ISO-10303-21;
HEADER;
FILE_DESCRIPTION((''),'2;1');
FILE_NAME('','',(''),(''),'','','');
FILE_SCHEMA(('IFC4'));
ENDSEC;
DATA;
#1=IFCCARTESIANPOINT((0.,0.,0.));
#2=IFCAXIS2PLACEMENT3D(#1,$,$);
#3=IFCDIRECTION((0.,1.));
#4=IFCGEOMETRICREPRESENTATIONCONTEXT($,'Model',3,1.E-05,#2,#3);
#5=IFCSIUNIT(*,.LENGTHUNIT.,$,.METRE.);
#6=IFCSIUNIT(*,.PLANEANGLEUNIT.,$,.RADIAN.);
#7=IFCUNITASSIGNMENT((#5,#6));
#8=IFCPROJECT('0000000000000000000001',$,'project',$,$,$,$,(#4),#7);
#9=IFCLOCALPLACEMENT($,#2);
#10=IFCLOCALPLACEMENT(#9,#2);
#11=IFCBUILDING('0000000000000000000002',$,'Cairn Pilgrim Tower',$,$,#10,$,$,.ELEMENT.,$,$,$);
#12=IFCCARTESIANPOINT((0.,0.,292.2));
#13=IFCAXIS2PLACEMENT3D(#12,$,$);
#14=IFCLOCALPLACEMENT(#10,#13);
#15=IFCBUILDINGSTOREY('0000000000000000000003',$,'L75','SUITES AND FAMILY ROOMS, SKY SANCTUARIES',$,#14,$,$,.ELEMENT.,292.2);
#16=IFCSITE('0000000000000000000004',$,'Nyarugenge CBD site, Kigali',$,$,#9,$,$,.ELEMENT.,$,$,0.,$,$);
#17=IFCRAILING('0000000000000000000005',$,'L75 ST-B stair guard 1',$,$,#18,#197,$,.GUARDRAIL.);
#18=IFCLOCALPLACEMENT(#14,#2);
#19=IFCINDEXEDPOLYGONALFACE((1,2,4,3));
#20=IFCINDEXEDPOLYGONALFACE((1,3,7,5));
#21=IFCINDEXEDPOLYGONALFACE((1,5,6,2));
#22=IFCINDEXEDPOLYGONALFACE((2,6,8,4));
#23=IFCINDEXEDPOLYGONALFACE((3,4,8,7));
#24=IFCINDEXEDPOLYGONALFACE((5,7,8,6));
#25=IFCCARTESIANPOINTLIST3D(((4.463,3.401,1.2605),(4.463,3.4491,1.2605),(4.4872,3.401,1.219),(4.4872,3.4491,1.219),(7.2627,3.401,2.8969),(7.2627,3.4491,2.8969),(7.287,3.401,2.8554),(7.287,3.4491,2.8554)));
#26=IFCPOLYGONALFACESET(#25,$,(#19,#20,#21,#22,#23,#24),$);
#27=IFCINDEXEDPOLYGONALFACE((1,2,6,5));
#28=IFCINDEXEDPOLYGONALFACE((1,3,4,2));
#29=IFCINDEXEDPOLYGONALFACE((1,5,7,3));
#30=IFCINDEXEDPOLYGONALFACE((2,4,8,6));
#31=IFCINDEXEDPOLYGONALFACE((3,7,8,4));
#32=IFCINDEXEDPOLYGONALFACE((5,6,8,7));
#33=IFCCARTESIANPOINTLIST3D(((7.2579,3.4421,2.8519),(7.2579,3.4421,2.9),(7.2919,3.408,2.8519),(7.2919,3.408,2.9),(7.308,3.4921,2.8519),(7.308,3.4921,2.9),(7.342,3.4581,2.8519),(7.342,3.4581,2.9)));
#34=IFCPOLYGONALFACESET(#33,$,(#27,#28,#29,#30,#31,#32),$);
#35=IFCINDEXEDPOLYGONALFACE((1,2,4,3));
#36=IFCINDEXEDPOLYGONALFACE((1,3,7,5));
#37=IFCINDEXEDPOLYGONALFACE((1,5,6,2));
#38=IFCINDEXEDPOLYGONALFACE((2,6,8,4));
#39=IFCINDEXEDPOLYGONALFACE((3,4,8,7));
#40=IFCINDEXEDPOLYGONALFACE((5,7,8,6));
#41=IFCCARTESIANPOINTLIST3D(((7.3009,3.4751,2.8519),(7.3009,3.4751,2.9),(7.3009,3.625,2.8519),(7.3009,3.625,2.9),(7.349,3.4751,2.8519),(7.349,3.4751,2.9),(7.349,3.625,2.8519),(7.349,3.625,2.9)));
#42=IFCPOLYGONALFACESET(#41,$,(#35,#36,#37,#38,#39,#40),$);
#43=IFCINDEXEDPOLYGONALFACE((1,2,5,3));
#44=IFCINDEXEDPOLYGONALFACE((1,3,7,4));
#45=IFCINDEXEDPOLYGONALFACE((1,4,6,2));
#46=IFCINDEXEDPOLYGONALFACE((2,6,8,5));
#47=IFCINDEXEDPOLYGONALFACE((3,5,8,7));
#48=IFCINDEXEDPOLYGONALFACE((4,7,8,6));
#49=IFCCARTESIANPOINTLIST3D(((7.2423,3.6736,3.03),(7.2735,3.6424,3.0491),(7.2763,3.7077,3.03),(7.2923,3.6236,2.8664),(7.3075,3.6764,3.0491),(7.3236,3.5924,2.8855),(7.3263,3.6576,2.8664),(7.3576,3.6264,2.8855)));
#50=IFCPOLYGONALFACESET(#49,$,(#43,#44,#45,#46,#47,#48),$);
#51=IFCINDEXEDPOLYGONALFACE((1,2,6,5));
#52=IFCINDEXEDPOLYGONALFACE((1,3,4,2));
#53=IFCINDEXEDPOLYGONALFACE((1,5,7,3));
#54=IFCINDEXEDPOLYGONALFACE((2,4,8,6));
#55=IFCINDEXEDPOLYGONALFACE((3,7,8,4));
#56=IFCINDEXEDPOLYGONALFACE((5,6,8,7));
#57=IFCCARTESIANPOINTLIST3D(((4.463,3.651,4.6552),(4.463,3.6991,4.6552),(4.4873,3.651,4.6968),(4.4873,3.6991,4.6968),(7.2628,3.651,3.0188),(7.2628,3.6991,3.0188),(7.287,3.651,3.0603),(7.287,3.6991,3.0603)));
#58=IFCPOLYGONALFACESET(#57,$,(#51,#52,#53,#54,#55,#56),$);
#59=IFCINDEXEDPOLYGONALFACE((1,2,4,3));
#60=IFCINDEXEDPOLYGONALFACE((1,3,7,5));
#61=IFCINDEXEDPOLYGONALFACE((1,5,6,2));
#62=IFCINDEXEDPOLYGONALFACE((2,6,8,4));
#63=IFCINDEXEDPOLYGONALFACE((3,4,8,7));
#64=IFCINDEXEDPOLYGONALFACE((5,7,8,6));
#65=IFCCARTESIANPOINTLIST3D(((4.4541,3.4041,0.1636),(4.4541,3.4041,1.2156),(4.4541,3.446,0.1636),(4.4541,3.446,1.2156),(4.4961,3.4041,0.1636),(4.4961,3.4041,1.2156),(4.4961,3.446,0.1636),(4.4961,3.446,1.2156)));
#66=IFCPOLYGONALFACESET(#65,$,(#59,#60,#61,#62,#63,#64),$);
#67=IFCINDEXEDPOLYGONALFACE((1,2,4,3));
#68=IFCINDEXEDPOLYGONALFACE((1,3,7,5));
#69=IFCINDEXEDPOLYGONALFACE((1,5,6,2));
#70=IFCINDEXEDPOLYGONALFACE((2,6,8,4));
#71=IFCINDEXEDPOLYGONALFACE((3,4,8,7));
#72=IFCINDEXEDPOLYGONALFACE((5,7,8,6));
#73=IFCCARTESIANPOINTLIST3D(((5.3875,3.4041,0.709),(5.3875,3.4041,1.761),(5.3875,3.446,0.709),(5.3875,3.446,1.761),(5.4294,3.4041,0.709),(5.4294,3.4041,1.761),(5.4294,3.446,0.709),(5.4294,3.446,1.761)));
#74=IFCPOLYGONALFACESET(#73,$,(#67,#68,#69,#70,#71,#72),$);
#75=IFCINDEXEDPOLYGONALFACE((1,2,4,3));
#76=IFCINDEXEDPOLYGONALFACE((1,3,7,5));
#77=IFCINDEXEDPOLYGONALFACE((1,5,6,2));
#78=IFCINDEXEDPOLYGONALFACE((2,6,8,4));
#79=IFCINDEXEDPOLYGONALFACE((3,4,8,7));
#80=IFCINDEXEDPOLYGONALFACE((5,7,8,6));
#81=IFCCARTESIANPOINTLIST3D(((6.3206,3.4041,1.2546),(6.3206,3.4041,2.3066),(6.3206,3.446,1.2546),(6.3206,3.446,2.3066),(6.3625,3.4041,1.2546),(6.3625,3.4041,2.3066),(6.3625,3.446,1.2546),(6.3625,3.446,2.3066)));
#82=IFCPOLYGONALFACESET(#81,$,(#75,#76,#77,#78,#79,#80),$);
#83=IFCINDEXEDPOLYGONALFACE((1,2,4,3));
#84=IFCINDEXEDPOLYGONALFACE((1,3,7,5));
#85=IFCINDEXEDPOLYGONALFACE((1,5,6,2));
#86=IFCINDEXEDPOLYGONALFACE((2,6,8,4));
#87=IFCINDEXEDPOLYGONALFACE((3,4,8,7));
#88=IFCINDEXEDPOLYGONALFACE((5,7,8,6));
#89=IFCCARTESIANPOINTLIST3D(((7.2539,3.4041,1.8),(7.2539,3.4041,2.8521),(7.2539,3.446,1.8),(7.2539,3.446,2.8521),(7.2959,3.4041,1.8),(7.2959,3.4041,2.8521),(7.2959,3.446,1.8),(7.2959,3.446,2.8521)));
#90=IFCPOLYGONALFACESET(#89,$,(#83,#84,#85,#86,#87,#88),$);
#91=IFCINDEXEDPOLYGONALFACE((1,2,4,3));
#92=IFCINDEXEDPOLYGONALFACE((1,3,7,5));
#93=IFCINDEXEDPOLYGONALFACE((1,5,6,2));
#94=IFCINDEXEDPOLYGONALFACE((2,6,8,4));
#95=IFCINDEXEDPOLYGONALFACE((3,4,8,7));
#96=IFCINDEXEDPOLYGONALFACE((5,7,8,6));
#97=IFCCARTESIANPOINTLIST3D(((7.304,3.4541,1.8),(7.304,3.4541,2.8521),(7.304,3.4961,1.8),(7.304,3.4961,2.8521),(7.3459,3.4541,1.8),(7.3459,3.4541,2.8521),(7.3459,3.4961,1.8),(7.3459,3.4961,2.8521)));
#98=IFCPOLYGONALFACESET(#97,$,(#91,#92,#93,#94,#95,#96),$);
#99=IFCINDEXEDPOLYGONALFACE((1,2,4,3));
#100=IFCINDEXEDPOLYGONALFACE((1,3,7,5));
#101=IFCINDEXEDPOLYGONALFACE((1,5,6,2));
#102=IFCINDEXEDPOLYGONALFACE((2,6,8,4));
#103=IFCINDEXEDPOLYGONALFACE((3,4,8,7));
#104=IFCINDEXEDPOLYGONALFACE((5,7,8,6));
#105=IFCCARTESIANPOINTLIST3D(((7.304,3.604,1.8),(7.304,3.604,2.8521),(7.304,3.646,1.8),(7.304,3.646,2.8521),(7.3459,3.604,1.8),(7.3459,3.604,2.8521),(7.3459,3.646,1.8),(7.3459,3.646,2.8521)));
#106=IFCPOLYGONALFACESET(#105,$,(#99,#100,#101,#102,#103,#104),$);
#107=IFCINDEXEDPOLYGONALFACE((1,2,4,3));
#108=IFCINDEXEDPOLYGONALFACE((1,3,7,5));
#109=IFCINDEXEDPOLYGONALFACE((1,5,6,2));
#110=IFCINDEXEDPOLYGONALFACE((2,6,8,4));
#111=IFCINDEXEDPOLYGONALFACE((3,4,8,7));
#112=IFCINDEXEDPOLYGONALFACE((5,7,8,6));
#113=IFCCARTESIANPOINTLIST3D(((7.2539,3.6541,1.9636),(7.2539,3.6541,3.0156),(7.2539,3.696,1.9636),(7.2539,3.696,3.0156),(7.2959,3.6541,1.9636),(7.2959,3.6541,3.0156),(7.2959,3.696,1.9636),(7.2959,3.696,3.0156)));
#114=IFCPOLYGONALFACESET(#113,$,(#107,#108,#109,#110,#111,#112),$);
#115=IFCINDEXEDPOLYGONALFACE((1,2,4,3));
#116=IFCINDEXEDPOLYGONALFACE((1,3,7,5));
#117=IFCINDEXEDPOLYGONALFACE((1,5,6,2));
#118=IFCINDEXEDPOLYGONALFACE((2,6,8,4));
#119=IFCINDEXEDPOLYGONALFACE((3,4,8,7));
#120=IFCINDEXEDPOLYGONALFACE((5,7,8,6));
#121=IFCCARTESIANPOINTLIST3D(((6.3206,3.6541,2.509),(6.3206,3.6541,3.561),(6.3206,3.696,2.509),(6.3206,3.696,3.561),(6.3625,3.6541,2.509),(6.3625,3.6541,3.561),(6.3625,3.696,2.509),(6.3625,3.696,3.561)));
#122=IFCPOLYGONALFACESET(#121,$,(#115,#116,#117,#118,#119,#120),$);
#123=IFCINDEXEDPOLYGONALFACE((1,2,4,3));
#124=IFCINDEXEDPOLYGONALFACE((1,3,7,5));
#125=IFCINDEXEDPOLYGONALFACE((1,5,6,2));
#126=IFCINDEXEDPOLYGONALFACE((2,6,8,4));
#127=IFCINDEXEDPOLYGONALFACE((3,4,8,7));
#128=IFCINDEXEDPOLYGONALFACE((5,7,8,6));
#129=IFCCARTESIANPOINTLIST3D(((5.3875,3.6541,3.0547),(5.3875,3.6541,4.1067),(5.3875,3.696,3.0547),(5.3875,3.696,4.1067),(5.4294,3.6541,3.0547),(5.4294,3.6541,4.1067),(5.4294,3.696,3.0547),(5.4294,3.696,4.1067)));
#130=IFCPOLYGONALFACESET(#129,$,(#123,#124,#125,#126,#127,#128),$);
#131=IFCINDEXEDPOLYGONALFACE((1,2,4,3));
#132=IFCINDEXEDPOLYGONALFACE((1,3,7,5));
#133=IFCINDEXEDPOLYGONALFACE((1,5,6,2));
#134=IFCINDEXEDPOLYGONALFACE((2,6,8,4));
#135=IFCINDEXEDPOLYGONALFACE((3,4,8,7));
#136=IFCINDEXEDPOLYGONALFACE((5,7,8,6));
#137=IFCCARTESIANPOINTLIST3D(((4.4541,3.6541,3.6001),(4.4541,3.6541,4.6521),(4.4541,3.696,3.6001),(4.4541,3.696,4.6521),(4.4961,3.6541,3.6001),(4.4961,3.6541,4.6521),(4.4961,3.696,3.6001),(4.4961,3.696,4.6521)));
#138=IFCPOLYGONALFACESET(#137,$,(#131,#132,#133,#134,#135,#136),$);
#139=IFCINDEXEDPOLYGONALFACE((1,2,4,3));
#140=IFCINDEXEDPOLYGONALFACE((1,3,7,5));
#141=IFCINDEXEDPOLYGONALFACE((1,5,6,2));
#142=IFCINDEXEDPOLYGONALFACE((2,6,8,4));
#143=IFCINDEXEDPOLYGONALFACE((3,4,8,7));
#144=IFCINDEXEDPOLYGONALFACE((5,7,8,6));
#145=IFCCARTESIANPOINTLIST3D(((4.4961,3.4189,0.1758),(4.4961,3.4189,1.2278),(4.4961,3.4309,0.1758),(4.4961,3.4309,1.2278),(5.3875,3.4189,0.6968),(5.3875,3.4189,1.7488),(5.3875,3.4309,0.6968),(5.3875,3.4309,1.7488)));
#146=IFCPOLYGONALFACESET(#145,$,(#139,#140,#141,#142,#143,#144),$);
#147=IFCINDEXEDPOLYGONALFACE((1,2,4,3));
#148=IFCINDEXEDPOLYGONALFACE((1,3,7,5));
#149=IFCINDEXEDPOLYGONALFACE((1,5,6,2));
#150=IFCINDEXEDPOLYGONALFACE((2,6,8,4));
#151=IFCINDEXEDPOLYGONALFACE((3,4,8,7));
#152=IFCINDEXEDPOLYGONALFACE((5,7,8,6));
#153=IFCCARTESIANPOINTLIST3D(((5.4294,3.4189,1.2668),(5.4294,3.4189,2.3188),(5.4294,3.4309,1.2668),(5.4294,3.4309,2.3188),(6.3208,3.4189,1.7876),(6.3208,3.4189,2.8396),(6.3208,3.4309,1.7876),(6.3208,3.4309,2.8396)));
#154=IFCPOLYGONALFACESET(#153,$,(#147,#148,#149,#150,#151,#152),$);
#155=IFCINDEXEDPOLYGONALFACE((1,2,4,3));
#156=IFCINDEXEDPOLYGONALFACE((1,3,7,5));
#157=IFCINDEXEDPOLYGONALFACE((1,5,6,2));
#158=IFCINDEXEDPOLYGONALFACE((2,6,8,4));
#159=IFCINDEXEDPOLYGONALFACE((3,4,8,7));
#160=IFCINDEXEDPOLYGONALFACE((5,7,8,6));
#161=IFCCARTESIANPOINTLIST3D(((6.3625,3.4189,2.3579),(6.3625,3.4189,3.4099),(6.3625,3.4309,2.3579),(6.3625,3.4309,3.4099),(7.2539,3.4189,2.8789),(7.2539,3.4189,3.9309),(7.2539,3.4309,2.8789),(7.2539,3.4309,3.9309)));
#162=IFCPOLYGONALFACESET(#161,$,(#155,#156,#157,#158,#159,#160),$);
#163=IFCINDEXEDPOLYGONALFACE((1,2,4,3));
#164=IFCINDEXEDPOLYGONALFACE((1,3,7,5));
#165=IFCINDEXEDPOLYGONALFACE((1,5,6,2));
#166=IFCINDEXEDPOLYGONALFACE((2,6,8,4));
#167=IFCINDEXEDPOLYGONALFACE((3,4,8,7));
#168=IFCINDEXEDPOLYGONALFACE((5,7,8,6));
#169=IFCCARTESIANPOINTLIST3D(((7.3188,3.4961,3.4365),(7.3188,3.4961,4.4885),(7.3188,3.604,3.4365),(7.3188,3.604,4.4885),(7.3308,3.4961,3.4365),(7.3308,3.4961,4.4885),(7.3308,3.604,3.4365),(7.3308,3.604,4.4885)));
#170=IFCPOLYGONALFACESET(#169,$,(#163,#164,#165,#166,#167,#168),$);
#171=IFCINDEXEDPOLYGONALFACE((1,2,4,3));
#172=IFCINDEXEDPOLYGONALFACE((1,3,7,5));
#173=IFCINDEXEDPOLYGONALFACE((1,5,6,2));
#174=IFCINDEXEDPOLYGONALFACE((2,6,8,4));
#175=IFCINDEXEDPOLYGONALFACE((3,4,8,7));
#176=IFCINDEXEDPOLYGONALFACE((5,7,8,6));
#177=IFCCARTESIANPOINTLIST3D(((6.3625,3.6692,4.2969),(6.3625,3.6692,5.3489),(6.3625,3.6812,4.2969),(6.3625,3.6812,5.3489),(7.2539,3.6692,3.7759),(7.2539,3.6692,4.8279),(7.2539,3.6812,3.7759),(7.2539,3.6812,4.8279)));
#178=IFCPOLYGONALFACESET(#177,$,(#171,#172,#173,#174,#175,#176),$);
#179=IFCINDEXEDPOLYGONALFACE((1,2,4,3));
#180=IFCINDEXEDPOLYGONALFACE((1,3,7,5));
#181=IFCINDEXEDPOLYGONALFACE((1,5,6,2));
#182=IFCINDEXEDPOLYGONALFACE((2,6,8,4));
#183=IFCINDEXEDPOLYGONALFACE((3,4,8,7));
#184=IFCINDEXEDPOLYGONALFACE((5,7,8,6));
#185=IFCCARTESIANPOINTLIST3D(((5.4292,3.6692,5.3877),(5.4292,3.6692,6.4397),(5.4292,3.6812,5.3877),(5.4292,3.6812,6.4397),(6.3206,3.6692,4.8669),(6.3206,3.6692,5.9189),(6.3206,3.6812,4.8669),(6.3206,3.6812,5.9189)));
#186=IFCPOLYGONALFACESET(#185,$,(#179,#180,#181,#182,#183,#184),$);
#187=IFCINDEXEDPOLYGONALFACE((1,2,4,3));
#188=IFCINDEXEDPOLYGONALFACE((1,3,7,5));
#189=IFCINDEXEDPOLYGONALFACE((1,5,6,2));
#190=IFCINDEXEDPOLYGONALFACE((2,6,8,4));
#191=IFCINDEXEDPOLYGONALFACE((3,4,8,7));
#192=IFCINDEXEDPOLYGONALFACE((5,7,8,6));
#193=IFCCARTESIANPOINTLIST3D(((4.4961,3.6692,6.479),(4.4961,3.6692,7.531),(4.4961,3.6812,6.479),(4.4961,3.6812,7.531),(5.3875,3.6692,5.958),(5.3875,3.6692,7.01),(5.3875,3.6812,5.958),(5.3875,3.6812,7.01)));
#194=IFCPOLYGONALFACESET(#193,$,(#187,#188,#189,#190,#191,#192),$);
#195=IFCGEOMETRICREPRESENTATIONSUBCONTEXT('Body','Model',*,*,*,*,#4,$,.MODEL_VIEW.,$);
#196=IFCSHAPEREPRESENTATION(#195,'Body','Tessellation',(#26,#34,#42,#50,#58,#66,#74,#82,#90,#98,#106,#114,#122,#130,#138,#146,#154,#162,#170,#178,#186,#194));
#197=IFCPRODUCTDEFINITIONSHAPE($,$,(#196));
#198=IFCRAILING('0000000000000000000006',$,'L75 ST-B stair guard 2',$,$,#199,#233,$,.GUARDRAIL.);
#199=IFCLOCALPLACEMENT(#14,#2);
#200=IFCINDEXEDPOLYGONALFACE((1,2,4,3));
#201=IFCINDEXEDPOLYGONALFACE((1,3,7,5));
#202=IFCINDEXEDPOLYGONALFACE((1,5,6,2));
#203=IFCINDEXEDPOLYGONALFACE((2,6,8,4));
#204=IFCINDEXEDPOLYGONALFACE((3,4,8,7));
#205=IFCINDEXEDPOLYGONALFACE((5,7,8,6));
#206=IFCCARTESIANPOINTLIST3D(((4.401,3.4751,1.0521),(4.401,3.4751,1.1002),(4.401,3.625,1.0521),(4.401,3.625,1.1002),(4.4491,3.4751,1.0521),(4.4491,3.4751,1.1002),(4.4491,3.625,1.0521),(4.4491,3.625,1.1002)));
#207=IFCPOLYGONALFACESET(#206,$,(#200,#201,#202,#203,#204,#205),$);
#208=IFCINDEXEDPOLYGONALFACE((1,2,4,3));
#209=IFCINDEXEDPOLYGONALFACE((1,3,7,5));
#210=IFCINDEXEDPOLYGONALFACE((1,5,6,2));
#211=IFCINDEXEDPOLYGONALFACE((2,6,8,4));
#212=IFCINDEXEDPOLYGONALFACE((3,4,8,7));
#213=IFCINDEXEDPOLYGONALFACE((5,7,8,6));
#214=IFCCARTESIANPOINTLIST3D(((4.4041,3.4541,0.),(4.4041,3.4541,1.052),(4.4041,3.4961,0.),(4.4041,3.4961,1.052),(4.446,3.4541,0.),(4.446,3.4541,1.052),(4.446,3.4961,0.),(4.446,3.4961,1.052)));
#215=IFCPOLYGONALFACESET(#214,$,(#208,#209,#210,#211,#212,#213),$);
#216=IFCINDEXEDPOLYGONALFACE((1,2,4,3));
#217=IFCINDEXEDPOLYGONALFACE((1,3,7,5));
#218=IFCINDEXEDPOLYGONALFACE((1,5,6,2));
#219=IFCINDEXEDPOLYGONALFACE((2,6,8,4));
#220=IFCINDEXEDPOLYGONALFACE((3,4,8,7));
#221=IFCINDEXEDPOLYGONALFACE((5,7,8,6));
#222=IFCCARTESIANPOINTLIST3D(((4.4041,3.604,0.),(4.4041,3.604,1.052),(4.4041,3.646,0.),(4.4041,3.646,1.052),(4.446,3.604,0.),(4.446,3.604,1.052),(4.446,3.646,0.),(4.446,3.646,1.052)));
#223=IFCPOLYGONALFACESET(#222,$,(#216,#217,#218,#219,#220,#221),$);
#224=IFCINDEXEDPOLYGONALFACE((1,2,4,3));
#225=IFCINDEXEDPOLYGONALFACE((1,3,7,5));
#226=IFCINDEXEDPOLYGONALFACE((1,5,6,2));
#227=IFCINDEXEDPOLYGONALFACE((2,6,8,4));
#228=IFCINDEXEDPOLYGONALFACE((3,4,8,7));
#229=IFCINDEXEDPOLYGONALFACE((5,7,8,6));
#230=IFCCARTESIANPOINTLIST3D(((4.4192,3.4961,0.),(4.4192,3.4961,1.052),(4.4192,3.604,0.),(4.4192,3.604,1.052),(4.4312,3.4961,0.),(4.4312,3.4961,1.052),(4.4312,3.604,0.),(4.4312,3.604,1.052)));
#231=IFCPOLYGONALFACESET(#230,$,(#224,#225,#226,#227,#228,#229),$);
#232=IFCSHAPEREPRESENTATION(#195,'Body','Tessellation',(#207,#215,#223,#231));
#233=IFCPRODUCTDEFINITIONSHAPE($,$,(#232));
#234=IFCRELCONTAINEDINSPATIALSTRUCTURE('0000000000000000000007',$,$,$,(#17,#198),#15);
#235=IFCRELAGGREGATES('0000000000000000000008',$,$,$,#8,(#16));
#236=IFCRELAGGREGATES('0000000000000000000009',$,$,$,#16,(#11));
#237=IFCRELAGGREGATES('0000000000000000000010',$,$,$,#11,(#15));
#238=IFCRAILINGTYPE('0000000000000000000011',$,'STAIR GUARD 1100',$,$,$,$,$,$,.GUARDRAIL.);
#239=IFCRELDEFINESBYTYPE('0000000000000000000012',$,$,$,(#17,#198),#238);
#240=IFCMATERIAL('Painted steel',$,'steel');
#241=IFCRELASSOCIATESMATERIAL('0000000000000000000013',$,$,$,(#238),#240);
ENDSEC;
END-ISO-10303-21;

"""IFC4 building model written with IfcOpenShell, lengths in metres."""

from ifc_helpers import new_model, si_unit, direction, frame, origin, origin_2d, place, context, subcontext, project, spatial, polyline, rectangle, outline, extrude, material, type_object, element, save


model = new_model("IFC4")

# Units and contexts
model_context = context("Model", 3, precision=1e-05, world=origin(), true_north=direction((0.0, 1.0)))
body_context = subcontext(model_context, "Body", "Model", "MODEL_VIEW")
ifc_project = project(units=[si_unit("LENGTHUNIT", "METRE"), si_unit("PLANEANGLEUNIT", "RADIAN")], contexts=[model_context])

# Site, building, storey
site_placement = place(None, origin())
site = spatial("IfcSite", under=ifc_project, at=site_placement, Name="Nyarugenge CBD site, Kigali", CompositionType="ELEMENT", RefElevation=0.0)
building_placement = place(site_placement, origin())
building = spatial("IfcBuilding", under=site, at=building_placement, Name="Cairn Pilgrim Tower", CompositionType="ELEMENT")
storey_placement = place(building_placement, frame((0.0, 0.0, 292.2)))
storey = spatial("IfcBuildingStorey", under=building, at=storey_placement, Name="L75", Description="SUITES AND FAMILY ROOMS, SKY SANCTUARIES", CompositionType="ELEMENT", Elevation=292.2)

# Shared definitions
ifc_material_1 = material(Name="Painted steel", Category="steel")

# Railings
railing_type_1 = type_object("IfcRailingType", Name="STAIR GUARD 1100", PredefinedType="GUARDRAIL", material=ifc_material_1)
railing_1_placement = place(storey_placement, frame((4.4751, 3.425, 0.1636)))
element("IfcRailing", 1, at=railing_1_placement, inside=storey, type_object=railing_type_1, Name="L75 ST-B stair guard 1", PredefinedType="GUARDRAIL", context=body_context, shape_type="SweptSolid", body=[
    extrude(rectangle(XDim=0.0481, YDim=0.0481, at=origin_2d()), frame((0.0, 0.0, 1.0762), z_axis=(0.863342, 0.0, 0.50462), x_axis=(0.0, 1.0, 0.0)), (0.0, 0.0, 1.0), 3.2429),
    extrude(rectangle(XDim=0.0481, YDim=0.0481, at=origin_2d()), frame((2.7998, 0.0, 2.7124), z_axis=(0.707107, 0.707107, 0.0), x_axis=(-0.707107, 0.707107, 0.0)), (0.0, 0.0, 1.0), 0.0708),
    extrude(rectangle(XDim=0.0481, YDim=0.0481, at=origin_2d()), frame((2.8499, 0.05, 2.7124), z_axis=(0.0, 1.0, 0.0), x_axis=(-1.0, 0.0, 0.0)), (0.0, 0.0, 1.0), 0.1499),
    extrude(rectangle(XDim=0.0481, YDim=0.0481, at=origin_2d()), frame((2.8499, 0.2, 2.7124), z_axis=(-0.280809, 0.280809, 0.917765), x_axis=(-0.707107, -0.707107, 0.0)), (0.0, 0.0, 1.0), 0.1782),
    extrude(rectangle(XDim=0.0481, YDim=0.0481, at=origin_2d()), frame((2.7998, 0.25, 2.876), z_axis=(-0.863342, 0.0, 0.50462), x_axis=(0.0, -1.0, 0.0)), (0.0, 0.0, 1.0), 3.2429),
    extrude(rectangle(XDim=0.042, YDim=0.042, at=origin_2d()), origin(), (0.0, 0.0, 1.0), 1.052),
    extrude(rectangle(XDim=0.042, YDim=0.042, at=origin_2d()), frame((0.9333, 0.0, 0.5454)), (0.0, 0.0, 1.0), 1.052),
    extrude(rectangle(XDim=0.042, YDim=0.042, at=origin_2d()), frame((1.8665, 0.0, 1.0911)), (0.0, 0.0, 1.0), 1.052),
    extrude(rectangle(XDim=0.042, YDim=0.042, at=origin_2d()), frame((2.7998, 0.0, 1.6365)), (0.0, 0.0, 1.0), 1.052),
    extrude(rectangle(XDim=0.042, YDim=0.042, at=origin_2d()), frame((2.8499, 0.05, 1.6365)), (0.0, 0.0, 1.0), 1.052),
    extrude(rectangle(XDim=0.042, YDim=0.042, at=origin_2d()), frame((2.8499, 0.2, 1.6365)), (0.0, 0.0, 1.0), 1.052),
    extrude(rectangle(XDim=0.042, YDim=0.042, at=origin_2d()), frame((2.7998, 0.25, 1.8)), (0.0, 0.0, 1.0), 1.052),
    extrude(rectangle(XDim=0.042, YDim=0.042, at=origin_2d()), frame((1.8665, 0.25, 2.3455)), (0.0, 0.0, 1.0), 1.052),
    extrude(rectangle(XDim=0.042, YDim=0.042, at=origin_2d()), frame((0.9333, 0.25, 2.8911)), (0.0, 0.0, 1.0), 1.052),
    extrude(rectangle(XDim=0.042, YDim=0.042, at=origin_2d()), frame((0.0, 0.25, 3.4365)), (0.0, 0.0, 1.0), 1.052),
    extrude(outline(polyline([(0.021, 0.0122), (0.9124, 0.5332), (0.9124, 1.5852), (0.021, 1.0642), (0.021, 0.0122)])), frame((0.0, 0.0059, 0.0), z_axis=(0.0, -1.0, 0.0), x_axis=(1.0, 0.0, 0.0)), (0.0, 0.0, 1.0), 0.012),
    extrude(outline(polyline([(0.021, 0.5579), (0.9124, 1.0786), (0.9124, 2.1306), (0.021, 1.6099), (0.021, 0.5579)])), frame((0.9333, 0.0059, 0.5454), z_axis=(0.0, -1.0, 0.0), x_axis=(1.0, 0.0, 0.0)), (0.0, 0.0, 1.0), 0.012),
    extrude(outline(polyline([(0.021, 1.1033), (0.9124, 1.6243), (0.9124, 2.6763), (0.021, 2.1553), (0.021, 1.1033)])), frame((1.8665, 0.0059, 1.0911), z_axis=(0.0, -1.0, 0.0), x_axis=(1.0, 0.0, 0.0)), (0.0, 0.0, 1.0), 0.012),
    extrude(outline(polyline([(0.021, 1.6365), (0.1289, 1.6365), (0.1289, 2.6885), (0.021, 2.6885), (0.021, 1.6365)])), frame((2.8438, 0.05, 1.6365), z_axis=(1.0, 0.0, 0.0), x_axis=(0.0, 1.0, 0.0)), (0.0, 0.0, 1.0), 0.012),
    extrude(outline(polyline([(0.021, 1.8123), (0.9124, 2.3333), (0.9124, 3.3853), (0.021, 2.8643), (0.021, 1.8123)])), frame((2.7998, 0.2441, 1.8), z_axis=(0.0, 1.0, 0.0), x_axis=(-1.0, 0.0, 0.0)), (0.0, 0.0, 1.0), 0.012),
    extrude(outline(polyline([(0.021, 2.3579), (0.9124, 2.8787), (0.9124, 3.9307), (0.021, 3.4099), (0.021, 2.3579)])), frame((1.8665, 0.2441, 2.3455), z_axis=(0.0, 1.0, 0.0), x_axis=(-1.0, 0.0, 0.0)), (0.0, 0.0, 1.0), 0.012),
    extrude(outline(polyline([(0.021, 2.9033), (0.9124, 3.4243), (0.9124, 4.4763), (0.021, 3.9553), (0.021, 2.9033)])), frame((0.9333, 0.2441, 2.8911), z_axis=(0.0, 1.0, 0.0), x_axis=(-1.0, 0.0, 0.0)), (0.0, 0.0, 1.0), 0.012),
])
railing_2_placement = place(storey_placement, frame((4.425, 3.4751, 0.0)))
element("IfcRailing", 2, at=railing_2_placement, inside=storey, type_object=railing_type_1, Name="L75 ST-B stair guard 2", PredefinedType="GUARDRAIL", context=body_context, shape_type="SweptSolid", body=[
    extrude(rectangle(XDim=0.0481, YDim=0.0481, at=origin_2d()), frame((0.0, 0.0, 1.0762), z_axis=(0.0, 1.0, 0.0), x_axis=(-1.0, 0.0, 0.0)), (0.0, 0.0, 1.0), 0.1499),
    extrude(rectangle(XDim=0.042, YDim=0.042, at=origin_2d()), origin(), (0.0, 0.0, 1.0), 1.052),
    extrude(rectangle(XDim=0.042, YDim=0.042, at=origin_2d()), frame((0.0, 0.1499, 0.0)), (0.0, 0.0, 1.0), 1.052),
    extrude(outline(polyline([(0.021, 0.0), (0.1289, 0.0), (0.1289, 1.052), (0.021, 1.052), (0.021, 0.0)])), frame((-0.0059, 0.0, 0.0), z_axis=(1.0, 0.0, 0.0), x_axis=(0.0, 1.0, 0.0)), (0.0, 0.0, 1.0), 0.012),
])

save(model, "model.ifc")
